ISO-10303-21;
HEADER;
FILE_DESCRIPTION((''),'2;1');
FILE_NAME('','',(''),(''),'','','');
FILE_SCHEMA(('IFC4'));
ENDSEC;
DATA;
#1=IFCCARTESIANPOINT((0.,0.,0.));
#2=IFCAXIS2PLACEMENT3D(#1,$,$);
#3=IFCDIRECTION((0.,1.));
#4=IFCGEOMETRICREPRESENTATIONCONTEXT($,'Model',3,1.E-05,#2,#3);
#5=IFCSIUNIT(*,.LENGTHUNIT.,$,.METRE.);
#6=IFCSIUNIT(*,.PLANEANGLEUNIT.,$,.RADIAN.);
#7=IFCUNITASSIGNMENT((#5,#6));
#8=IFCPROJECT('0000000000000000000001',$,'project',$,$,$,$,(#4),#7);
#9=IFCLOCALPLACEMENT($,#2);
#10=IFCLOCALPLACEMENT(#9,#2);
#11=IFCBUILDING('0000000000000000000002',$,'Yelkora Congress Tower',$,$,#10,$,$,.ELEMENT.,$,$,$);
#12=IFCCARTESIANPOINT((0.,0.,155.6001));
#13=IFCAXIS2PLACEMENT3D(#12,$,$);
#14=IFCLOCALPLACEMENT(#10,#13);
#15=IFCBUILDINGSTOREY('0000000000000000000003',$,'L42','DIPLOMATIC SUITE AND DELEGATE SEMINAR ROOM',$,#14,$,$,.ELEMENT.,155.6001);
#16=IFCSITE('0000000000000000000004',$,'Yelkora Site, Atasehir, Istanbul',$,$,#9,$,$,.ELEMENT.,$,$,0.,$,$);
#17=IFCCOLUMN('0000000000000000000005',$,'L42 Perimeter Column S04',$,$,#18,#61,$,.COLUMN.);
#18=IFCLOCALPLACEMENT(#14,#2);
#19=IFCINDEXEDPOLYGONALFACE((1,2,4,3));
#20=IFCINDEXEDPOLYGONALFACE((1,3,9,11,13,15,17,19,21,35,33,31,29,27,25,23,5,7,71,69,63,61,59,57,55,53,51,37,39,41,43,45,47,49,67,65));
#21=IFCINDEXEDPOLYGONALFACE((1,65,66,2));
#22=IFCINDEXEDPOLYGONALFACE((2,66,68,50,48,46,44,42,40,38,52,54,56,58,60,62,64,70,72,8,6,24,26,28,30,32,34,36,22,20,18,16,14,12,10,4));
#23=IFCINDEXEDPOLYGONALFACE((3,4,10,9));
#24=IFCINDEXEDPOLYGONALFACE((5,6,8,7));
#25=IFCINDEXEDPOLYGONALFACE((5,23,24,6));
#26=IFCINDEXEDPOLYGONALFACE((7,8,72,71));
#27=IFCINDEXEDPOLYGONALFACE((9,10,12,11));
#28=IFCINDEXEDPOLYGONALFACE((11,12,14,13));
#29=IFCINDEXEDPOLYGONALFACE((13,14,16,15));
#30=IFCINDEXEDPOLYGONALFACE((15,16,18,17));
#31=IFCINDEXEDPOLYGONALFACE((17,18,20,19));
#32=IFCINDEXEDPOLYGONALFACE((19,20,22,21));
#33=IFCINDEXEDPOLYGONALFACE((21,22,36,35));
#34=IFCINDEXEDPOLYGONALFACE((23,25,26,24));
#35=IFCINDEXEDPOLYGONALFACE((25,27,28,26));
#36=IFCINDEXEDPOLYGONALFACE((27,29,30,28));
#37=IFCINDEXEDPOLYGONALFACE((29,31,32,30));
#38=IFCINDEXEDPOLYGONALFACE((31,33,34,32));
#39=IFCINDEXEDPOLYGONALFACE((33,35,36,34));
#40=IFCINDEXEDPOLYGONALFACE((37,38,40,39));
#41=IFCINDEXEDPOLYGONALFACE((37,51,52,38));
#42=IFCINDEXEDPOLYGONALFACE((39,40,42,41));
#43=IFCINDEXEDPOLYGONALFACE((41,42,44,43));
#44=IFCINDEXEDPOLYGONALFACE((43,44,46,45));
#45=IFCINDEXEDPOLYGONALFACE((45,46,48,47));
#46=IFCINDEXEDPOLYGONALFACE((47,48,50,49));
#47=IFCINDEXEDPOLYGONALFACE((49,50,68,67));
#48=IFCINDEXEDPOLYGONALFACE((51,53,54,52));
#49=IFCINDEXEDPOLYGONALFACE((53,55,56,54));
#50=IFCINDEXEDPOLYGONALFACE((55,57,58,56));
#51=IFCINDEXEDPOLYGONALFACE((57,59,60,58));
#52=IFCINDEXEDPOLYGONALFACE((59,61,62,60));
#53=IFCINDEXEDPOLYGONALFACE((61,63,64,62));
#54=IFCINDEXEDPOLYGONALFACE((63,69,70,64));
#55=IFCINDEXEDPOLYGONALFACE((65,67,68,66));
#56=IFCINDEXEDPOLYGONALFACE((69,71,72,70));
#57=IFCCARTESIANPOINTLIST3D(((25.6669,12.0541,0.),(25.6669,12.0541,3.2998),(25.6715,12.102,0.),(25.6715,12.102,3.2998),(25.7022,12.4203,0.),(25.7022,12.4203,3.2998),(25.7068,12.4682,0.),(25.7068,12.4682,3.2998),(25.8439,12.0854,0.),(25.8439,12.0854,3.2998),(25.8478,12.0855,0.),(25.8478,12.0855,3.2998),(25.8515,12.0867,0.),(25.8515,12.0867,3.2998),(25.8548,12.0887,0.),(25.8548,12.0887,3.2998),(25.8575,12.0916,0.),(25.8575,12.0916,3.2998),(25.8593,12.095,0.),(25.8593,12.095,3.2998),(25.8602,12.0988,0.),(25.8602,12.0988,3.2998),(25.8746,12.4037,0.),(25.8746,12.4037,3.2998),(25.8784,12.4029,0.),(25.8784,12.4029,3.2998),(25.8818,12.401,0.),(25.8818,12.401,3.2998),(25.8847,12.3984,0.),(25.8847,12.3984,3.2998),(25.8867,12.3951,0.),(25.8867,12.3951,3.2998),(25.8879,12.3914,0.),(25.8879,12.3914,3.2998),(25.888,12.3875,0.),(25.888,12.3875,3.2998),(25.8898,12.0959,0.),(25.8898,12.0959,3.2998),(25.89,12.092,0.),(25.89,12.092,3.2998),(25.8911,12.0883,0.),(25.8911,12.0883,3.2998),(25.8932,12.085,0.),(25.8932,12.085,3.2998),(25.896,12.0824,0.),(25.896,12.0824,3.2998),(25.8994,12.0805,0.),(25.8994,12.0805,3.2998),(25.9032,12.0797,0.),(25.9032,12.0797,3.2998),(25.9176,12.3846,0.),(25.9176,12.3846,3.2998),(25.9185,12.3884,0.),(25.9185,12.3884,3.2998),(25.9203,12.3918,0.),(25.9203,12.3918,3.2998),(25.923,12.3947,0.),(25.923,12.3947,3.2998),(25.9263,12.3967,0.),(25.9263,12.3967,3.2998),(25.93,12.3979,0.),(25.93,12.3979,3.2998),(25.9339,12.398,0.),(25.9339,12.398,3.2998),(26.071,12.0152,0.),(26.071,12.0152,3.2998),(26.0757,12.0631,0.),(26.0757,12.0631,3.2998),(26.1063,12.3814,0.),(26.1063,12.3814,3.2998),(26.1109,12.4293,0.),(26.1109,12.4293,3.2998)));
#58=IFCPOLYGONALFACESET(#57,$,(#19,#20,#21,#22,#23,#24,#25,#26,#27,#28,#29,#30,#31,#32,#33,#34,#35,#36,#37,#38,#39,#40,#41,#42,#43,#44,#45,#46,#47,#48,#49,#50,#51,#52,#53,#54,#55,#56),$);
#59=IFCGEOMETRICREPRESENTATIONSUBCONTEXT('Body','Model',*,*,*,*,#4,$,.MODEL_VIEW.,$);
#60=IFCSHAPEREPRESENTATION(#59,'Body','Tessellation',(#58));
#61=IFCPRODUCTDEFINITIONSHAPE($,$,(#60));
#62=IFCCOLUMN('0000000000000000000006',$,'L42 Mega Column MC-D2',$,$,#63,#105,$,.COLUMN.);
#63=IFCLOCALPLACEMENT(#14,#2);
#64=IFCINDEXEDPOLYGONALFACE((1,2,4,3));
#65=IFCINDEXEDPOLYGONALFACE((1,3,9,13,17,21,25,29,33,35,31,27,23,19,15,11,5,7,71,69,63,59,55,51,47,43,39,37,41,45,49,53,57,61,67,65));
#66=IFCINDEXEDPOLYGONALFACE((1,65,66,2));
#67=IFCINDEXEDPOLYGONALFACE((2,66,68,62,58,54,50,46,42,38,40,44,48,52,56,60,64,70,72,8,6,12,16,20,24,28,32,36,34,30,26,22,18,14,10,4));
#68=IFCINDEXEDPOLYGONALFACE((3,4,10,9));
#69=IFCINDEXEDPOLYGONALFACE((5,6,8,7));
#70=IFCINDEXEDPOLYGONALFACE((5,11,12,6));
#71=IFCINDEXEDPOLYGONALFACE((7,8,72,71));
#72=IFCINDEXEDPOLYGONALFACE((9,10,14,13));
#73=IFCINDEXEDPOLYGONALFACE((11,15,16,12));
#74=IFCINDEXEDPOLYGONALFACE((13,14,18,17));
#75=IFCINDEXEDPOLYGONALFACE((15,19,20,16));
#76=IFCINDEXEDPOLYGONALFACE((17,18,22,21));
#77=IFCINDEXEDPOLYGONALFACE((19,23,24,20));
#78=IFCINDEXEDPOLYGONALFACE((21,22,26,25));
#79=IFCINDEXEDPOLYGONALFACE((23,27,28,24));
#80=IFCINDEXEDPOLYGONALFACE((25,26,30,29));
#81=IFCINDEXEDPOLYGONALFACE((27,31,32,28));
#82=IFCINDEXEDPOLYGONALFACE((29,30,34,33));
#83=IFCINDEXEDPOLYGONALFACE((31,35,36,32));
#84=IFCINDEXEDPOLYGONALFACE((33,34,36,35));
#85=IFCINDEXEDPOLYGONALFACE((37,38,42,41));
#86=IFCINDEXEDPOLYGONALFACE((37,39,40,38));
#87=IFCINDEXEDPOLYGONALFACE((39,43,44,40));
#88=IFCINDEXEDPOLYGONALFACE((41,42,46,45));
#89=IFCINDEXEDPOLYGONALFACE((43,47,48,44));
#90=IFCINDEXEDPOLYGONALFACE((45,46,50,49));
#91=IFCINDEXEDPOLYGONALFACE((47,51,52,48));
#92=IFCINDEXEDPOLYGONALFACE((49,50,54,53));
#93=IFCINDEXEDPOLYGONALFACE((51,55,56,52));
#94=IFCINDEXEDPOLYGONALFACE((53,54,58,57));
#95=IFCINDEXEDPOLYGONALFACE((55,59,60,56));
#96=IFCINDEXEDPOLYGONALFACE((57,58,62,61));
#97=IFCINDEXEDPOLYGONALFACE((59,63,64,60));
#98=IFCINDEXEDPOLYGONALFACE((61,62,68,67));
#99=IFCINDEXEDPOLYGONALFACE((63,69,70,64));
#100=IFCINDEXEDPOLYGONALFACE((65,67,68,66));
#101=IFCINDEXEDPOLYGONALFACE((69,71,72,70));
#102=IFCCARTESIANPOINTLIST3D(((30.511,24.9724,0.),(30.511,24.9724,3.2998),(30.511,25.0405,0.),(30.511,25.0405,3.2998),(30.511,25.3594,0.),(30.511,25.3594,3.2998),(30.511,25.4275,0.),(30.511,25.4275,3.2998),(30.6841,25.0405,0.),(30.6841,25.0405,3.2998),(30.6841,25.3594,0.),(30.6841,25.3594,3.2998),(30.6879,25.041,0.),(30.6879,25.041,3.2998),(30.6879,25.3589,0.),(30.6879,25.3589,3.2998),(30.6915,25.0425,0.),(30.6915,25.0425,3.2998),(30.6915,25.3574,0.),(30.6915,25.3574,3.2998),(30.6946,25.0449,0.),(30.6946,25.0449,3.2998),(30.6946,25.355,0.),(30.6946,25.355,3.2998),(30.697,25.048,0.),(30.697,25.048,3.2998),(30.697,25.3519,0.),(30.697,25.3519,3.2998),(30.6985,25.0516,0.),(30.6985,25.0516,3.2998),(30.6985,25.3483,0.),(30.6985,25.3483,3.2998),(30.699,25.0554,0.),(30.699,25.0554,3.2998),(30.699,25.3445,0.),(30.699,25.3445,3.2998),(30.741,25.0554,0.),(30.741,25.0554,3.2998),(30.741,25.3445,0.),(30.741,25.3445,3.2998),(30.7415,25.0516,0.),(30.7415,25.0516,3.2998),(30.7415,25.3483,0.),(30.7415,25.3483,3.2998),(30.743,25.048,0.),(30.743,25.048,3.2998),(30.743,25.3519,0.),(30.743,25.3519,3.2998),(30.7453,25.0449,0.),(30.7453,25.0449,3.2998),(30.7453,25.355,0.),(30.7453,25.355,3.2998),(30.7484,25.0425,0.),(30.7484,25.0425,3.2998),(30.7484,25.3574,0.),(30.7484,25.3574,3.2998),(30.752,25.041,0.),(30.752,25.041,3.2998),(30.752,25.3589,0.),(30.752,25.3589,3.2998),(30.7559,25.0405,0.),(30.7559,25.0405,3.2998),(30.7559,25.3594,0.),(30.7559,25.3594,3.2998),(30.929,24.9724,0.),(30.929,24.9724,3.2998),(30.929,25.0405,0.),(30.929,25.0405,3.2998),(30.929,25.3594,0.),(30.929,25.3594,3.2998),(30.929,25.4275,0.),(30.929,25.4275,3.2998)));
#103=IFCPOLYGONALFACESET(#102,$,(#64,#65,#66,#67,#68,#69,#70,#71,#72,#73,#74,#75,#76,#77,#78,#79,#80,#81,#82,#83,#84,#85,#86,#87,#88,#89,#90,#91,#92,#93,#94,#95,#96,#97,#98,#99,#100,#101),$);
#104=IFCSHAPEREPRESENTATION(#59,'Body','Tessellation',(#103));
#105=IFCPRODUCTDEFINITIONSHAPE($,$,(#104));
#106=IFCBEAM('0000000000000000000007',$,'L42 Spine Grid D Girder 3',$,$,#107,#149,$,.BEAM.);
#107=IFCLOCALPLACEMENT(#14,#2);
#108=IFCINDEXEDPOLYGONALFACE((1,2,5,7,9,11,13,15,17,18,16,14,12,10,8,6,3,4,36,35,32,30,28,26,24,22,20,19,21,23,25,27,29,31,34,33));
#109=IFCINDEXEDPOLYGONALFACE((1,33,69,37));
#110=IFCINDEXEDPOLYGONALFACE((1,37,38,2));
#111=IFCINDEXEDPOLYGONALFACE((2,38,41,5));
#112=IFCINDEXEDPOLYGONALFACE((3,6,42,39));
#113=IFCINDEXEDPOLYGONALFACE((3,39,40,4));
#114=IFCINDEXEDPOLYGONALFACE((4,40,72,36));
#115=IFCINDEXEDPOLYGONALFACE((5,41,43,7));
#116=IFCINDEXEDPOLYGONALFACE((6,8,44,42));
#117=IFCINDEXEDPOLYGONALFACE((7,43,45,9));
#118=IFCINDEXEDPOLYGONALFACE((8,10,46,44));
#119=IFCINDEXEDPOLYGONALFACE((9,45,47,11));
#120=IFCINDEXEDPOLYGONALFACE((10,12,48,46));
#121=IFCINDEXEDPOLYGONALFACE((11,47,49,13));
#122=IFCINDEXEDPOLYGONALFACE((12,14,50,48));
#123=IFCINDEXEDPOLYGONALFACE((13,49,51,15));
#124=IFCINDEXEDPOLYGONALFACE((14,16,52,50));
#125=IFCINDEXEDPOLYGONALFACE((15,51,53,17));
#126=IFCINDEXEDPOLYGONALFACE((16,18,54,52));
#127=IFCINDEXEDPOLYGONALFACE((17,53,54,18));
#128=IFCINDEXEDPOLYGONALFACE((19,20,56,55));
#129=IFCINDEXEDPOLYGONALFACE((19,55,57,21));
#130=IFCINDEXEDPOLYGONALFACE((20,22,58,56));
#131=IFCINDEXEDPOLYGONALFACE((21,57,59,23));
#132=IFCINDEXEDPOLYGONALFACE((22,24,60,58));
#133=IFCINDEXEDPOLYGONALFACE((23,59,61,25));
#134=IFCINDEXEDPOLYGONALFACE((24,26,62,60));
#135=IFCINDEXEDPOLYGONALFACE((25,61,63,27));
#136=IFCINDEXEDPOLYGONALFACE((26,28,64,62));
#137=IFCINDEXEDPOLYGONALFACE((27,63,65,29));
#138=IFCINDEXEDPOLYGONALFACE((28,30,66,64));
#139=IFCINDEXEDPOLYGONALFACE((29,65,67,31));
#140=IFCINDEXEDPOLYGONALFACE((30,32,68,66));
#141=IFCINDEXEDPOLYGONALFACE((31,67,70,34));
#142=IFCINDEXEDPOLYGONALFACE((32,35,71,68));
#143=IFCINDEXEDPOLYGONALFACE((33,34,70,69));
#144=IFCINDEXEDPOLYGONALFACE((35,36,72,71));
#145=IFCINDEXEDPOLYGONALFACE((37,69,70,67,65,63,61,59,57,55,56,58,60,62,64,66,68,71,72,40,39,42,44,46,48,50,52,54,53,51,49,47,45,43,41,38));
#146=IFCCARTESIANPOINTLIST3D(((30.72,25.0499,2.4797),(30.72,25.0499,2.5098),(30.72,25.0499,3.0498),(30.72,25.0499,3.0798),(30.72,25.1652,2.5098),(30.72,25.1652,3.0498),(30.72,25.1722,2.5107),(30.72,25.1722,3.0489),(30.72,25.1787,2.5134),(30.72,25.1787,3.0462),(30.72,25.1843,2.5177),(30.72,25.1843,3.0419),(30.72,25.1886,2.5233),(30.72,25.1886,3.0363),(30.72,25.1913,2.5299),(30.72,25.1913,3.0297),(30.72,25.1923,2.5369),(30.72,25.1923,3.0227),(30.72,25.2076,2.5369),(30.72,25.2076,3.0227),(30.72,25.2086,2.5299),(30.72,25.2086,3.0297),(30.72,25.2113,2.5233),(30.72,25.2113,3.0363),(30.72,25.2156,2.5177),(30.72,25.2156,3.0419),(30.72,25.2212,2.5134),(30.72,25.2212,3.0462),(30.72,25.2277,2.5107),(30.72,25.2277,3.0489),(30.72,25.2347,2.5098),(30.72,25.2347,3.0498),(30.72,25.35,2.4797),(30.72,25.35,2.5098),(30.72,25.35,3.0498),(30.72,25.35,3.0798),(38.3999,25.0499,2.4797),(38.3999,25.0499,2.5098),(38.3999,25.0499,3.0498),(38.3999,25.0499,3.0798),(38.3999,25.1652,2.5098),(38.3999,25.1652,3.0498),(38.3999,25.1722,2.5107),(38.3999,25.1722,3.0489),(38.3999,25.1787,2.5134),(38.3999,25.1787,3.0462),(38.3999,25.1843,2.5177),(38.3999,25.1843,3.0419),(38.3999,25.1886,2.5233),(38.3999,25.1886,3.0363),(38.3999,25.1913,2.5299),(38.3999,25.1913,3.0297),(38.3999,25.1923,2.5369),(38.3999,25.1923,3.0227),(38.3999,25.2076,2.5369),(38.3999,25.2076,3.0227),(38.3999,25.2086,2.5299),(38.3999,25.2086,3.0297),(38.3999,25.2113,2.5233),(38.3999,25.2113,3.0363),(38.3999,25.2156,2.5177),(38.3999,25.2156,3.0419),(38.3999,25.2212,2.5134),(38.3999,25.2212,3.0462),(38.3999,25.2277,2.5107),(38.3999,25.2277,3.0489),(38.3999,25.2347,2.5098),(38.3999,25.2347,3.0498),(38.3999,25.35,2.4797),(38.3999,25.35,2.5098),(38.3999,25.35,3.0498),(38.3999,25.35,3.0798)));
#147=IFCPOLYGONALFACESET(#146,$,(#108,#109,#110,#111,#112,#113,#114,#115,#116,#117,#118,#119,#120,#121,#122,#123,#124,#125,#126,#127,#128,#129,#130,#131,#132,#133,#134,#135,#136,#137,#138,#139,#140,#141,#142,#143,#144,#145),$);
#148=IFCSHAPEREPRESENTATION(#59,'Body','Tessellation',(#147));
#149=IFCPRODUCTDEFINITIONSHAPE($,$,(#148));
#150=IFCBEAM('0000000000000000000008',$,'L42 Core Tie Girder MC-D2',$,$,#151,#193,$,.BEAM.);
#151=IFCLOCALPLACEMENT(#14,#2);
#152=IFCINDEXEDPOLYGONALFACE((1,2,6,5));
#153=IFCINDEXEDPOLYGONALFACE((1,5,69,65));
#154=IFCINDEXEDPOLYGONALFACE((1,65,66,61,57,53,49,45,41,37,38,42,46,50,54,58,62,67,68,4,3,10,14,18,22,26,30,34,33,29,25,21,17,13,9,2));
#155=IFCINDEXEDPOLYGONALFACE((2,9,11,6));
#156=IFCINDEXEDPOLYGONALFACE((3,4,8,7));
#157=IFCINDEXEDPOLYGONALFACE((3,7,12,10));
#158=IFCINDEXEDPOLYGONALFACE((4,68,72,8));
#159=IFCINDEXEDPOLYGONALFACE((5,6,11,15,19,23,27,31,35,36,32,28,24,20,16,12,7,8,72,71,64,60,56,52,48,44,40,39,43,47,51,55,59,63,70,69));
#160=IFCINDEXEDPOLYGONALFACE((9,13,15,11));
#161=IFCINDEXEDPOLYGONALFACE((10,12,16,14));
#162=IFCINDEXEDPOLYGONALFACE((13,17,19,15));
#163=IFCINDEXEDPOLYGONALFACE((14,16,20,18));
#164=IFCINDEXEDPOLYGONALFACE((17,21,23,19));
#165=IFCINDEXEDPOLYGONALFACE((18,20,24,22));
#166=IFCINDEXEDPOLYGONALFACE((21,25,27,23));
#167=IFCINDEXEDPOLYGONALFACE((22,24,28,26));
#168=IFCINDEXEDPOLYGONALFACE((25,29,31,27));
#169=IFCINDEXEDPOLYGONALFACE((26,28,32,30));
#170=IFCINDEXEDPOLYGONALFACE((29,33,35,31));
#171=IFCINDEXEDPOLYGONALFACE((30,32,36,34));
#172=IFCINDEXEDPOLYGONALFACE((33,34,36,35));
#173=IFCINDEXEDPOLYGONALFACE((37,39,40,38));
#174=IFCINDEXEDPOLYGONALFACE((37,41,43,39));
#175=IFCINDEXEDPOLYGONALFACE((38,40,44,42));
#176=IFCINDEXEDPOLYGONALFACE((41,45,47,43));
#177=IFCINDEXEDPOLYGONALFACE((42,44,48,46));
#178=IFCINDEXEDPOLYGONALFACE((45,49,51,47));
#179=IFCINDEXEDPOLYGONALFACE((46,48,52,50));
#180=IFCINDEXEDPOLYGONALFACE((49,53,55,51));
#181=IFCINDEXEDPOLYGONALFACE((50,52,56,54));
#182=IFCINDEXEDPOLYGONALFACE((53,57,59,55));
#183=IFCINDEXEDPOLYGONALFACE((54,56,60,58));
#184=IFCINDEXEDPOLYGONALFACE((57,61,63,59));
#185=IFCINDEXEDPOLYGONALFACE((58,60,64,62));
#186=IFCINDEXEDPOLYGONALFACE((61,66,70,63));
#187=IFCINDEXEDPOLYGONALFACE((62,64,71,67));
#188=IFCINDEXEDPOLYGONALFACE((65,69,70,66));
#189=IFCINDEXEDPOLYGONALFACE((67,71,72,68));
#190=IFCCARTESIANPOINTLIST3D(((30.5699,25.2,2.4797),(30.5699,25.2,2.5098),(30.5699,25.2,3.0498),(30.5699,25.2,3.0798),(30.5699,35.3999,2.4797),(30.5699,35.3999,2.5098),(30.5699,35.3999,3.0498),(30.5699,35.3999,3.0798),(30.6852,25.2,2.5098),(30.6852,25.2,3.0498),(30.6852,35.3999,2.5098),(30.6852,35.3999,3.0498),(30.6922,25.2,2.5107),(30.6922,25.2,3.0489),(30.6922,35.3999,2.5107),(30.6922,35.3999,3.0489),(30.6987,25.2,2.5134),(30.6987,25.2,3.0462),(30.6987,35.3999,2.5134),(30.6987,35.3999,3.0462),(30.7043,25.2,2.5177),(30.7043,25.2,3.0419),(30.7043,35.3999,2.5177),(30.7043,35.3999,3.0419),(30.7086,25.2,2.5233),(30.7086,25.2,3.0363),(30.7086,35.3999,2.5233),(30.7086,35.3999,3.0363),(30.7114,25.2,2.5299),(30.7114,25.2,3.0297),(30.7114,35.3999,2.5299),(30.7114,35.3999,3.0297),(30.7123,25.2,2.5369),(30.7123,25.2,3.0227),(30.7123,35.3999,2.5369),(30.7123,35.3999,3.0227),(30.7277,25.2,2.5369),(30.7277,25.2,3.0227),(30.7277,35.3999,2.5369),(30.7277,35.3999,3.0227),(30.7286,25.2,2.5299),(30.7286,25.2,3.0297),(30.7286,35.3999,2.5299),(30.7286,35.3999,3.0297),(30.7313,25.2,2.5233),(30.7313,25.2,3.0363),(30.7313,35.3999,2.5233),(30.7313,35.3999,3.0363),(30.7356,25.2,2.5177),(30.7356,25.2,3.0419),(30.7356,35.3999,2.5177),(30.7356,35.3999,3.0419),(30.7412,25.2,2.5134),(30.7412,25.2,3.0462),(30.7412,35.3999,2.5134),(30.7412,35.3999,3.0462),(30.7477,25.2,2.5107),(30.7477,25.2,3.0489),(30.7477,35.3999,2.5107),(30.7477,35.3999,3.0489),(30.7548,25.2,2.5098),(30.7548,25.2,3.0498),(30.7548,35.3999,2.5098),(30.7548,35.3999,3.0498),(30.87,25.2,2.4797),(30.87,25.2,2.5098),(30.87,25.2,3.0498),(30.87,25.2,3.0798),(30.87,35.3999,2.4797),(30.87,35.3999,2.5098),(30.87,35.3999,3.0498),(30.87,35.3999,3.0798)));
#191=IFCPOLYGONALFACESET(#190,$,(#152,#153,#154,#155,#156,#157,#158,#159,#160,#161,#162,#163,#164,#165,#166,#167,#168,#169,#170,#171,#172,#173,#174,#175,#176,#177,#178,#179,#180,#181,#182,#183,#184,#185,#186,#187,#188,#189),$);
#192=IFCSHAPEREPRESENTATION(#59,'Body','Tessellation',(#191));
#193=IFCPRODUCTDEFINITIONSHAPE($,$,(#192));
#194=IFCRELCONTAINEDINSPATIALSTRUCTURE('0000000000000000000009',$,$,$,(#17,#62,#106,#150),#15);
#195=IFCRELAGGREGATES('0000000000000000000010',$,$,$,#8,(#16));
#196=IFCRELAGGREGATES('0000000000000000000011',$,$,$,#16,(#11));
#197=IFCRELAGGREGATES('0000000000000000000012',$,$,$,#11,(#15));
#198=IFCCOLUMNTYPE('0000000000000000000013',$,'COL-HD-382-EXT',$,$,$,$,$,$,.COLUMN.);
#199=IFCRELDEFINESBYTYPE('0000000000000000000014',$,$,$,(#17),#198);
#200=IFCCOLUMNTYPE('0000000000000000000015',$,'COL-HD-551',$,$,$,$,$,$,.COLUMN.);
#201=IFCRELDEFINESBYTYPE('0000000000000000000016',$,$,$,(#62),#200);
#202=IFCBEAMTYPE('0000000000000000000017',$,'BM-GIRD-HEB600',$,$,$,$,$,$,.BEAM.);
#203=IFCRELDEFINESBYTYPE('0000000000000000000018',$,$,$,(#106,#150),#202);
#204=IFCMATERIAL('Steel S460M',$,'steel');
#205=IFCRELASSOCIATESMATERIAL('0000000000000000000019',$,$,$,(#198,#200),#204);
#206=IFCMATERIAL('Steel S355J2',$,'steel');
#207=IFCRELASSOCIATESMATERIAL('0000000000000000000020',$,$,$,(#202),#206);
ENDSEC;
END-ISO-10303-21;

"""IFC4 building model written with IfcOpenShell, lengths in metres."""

from ifc_helpers import new_model, si_unit, direction, frame, origin, origin_2d, place, context, subcontext, project, spatial, i_section, extrude, material, material_profile, profile_set, type_object, element, save


model = new_model("IFC4")

# Units and contexts
model_context = context("Model", 3, precision=1e-05, world=origin(), true_north=direction((0.0, 1.0)))
body_context = subcontext(model_context, "Body", "Model", "MODEL_VIEW")
ifc_project = project(units=[si_unit("LENGTHUNIT", "METRE"), si_unit("PLANEANGLEUNIT", "RADIAN")], contexts=[model_context])

# Site, building, storey
site_placement = place(None, origin())
site = spatial("IfcSite", under=ifc_project, at=site_placement, Name="Yelkora Site, Atasehir, Istanbul", CompositionType="ELEMENT", RefElevation=0.0)
building_placement = place(site_placement, origin())
building = spatial("IfcBuilding", under=site, at=building_placement, Name="Yelkora Congress Tower", CompositionType="ELEMENT")
storey_placement = place(building_placement, frame((0.0, 0.0, 155.6001)))
storey = spatial("IfcBuildingStorey", under=building, at=storey_placement, Name="L42", Description="DIPLOMATIC SUITE AND DELEGATE SEMINAR ROOM", CompositionType="ELEMENT", Elevation=155.6001)

# Columns
ifc_material_1 = material(Name="Steel S460M", Category="steel")
ifc_material_profile_1 = material_profile(ifc_material_1, i_section(OverallWidth=0.406, OverallDepth=0.416, WebThickness=0.0298, FlangeThickness=0.0481, FilletRadius=0.0149, at=origin_2d()), Name="HD 400x382")
ifc_profile_set_1 = profile_set([ifc_material_profile_1], Name="Steel S460M")
column_type_1 = type_object("IfcColumnType", Name="COL-HD-382-EXT", PredefinedType="COLUMN", material=ifc_profile_set_1)
column_1_placement = place(storey_placement, frame((25.8889, 12.2417, 0.0), z_axis=(0.0, 0.0, 1.0), x_axis=(0.995396, -0.095846, 0.0)))
element("IfcColumn", 1, at=column_1_placement, inside=storey, type_object=column_type_1, Name="L42 Perimeter Column S04", PredefinedType="COLUMN", context=body_context, shape_type="SweptSolid", body=[
    extrude(i_section(OverallWidth=0.406, OverallDepth=0.416, WebThickness=0.0298, FlangeThickness=0.0481, FilletRadius=0.0149, at=origin_2d()), origin(), (0.0, 0.0, 1.0), 3.2998),
])
ifc_material_profile_2 = material_profile(ifc_material_1, i_section(OverallWidth=0.418, OverallDepth=0.4551, WebThickness=0.042, FlangeThickness=0.0681, FilletRadius=0.0149, at=origin_2d()), Name="HD 400x551")
ifc_profile_set_2 = profile_set([ifc_material_profile_2], Name="Steel S460M")
column_type_2 = type_object("IfcColumnType", Name="COL-HD-551", PredefinedType="COLUMN", material=ifc_profile_set_2)
column_2_placement = place(storey_placement, frame((30.72, 25.2, 0.0), z_axis=(0.0, 0.0, 1.0), x_axis=(1.0, 0.0, 0.0)))
element("IfcColumn", 2, at=column_2_placement, inside=storey, type_object=column_type_2, Name="L42 Mega Column MC-D2", PredefinedType="COLUMN", context=body_context, shape_type="SweptSolid", body=[
    extrude(i_section(OverallWidth=0.418, OverallDepth=0.4551, WebThickness=0.042, FlangeThickness=0.0681, FilletRadius=0.0149, at=origin_2d()), origin(), (0.0, 0.0, 1.0), 3.2998),
])

# Beams
ifc_material_2 = material(Name="Steel S355J2", Category="steel")
ifc_material_profile_3 = material_profile(ifc_material_2, i_section(OverallWidth=0.3, OverallDepth=0.6001, WebThickness=0.0154, FlangeThickness=0.03, FilletRadius=0.0271, at=origin_2d()), Name="HEB 600")
ifc_profile_set_3 = profile_set([ifc_material_profile_3], Name="Steel S355J2")
beam_type_1 = type_object("IfcBeamType", Name="BM-GIRD-HEB600", PredefinedType="BEAM", material=ifc_profile_set_3)
beam_1_placement = place(storey_placement, frame((30.72, 25.2, 2.7798), z_axis=(1.0, 0.0, 0.0), x_axis=(0.0, 1.0, 0.0)))
element("IfcBeam", 3, at=beam_1_placement, inside=storey, type_object=beam_type_1, Name="L42 Spine Grid D Girder 3", PredefinedType="BEAM", context=body_context, shape_type="SweptSolid", body=[
    extrude(i_section(OverallWidth=0.3, OverallDepth=0.6001, WebThickness=0.0154, FlangeThickness=0.03, FilletRadius=0.0271, at=origin_2d()), origin(), (0.0, 0.0, 1.0), 7.6799),
])
beam_2_placement = place(storey_placement, frame((30.72, 25.2, 2.7798), z_axis=(0.0, 1.0, 0.0), x_axis=(-1.0, 0.0, 0.0)))
element("IfcBeam", 4, at=beam_2_placement, inside=storey, type_object=beam_type_1, Name="L42 Core Tie Girder MC-D2", PredefinedType="BEAM", context=body_context, shape_type="SweptSolid", body=[
    extrude(i_section(OverallWidth=0.3, OverallDepth=0.6001, WebThickness=0.0154, FlangeThickness=0.03, FilletRadius=0.0271, at=origin_2d()), origin(), (0.0, 0.0, 1.0), 10.2),
])

save(model, "model.ifc")
